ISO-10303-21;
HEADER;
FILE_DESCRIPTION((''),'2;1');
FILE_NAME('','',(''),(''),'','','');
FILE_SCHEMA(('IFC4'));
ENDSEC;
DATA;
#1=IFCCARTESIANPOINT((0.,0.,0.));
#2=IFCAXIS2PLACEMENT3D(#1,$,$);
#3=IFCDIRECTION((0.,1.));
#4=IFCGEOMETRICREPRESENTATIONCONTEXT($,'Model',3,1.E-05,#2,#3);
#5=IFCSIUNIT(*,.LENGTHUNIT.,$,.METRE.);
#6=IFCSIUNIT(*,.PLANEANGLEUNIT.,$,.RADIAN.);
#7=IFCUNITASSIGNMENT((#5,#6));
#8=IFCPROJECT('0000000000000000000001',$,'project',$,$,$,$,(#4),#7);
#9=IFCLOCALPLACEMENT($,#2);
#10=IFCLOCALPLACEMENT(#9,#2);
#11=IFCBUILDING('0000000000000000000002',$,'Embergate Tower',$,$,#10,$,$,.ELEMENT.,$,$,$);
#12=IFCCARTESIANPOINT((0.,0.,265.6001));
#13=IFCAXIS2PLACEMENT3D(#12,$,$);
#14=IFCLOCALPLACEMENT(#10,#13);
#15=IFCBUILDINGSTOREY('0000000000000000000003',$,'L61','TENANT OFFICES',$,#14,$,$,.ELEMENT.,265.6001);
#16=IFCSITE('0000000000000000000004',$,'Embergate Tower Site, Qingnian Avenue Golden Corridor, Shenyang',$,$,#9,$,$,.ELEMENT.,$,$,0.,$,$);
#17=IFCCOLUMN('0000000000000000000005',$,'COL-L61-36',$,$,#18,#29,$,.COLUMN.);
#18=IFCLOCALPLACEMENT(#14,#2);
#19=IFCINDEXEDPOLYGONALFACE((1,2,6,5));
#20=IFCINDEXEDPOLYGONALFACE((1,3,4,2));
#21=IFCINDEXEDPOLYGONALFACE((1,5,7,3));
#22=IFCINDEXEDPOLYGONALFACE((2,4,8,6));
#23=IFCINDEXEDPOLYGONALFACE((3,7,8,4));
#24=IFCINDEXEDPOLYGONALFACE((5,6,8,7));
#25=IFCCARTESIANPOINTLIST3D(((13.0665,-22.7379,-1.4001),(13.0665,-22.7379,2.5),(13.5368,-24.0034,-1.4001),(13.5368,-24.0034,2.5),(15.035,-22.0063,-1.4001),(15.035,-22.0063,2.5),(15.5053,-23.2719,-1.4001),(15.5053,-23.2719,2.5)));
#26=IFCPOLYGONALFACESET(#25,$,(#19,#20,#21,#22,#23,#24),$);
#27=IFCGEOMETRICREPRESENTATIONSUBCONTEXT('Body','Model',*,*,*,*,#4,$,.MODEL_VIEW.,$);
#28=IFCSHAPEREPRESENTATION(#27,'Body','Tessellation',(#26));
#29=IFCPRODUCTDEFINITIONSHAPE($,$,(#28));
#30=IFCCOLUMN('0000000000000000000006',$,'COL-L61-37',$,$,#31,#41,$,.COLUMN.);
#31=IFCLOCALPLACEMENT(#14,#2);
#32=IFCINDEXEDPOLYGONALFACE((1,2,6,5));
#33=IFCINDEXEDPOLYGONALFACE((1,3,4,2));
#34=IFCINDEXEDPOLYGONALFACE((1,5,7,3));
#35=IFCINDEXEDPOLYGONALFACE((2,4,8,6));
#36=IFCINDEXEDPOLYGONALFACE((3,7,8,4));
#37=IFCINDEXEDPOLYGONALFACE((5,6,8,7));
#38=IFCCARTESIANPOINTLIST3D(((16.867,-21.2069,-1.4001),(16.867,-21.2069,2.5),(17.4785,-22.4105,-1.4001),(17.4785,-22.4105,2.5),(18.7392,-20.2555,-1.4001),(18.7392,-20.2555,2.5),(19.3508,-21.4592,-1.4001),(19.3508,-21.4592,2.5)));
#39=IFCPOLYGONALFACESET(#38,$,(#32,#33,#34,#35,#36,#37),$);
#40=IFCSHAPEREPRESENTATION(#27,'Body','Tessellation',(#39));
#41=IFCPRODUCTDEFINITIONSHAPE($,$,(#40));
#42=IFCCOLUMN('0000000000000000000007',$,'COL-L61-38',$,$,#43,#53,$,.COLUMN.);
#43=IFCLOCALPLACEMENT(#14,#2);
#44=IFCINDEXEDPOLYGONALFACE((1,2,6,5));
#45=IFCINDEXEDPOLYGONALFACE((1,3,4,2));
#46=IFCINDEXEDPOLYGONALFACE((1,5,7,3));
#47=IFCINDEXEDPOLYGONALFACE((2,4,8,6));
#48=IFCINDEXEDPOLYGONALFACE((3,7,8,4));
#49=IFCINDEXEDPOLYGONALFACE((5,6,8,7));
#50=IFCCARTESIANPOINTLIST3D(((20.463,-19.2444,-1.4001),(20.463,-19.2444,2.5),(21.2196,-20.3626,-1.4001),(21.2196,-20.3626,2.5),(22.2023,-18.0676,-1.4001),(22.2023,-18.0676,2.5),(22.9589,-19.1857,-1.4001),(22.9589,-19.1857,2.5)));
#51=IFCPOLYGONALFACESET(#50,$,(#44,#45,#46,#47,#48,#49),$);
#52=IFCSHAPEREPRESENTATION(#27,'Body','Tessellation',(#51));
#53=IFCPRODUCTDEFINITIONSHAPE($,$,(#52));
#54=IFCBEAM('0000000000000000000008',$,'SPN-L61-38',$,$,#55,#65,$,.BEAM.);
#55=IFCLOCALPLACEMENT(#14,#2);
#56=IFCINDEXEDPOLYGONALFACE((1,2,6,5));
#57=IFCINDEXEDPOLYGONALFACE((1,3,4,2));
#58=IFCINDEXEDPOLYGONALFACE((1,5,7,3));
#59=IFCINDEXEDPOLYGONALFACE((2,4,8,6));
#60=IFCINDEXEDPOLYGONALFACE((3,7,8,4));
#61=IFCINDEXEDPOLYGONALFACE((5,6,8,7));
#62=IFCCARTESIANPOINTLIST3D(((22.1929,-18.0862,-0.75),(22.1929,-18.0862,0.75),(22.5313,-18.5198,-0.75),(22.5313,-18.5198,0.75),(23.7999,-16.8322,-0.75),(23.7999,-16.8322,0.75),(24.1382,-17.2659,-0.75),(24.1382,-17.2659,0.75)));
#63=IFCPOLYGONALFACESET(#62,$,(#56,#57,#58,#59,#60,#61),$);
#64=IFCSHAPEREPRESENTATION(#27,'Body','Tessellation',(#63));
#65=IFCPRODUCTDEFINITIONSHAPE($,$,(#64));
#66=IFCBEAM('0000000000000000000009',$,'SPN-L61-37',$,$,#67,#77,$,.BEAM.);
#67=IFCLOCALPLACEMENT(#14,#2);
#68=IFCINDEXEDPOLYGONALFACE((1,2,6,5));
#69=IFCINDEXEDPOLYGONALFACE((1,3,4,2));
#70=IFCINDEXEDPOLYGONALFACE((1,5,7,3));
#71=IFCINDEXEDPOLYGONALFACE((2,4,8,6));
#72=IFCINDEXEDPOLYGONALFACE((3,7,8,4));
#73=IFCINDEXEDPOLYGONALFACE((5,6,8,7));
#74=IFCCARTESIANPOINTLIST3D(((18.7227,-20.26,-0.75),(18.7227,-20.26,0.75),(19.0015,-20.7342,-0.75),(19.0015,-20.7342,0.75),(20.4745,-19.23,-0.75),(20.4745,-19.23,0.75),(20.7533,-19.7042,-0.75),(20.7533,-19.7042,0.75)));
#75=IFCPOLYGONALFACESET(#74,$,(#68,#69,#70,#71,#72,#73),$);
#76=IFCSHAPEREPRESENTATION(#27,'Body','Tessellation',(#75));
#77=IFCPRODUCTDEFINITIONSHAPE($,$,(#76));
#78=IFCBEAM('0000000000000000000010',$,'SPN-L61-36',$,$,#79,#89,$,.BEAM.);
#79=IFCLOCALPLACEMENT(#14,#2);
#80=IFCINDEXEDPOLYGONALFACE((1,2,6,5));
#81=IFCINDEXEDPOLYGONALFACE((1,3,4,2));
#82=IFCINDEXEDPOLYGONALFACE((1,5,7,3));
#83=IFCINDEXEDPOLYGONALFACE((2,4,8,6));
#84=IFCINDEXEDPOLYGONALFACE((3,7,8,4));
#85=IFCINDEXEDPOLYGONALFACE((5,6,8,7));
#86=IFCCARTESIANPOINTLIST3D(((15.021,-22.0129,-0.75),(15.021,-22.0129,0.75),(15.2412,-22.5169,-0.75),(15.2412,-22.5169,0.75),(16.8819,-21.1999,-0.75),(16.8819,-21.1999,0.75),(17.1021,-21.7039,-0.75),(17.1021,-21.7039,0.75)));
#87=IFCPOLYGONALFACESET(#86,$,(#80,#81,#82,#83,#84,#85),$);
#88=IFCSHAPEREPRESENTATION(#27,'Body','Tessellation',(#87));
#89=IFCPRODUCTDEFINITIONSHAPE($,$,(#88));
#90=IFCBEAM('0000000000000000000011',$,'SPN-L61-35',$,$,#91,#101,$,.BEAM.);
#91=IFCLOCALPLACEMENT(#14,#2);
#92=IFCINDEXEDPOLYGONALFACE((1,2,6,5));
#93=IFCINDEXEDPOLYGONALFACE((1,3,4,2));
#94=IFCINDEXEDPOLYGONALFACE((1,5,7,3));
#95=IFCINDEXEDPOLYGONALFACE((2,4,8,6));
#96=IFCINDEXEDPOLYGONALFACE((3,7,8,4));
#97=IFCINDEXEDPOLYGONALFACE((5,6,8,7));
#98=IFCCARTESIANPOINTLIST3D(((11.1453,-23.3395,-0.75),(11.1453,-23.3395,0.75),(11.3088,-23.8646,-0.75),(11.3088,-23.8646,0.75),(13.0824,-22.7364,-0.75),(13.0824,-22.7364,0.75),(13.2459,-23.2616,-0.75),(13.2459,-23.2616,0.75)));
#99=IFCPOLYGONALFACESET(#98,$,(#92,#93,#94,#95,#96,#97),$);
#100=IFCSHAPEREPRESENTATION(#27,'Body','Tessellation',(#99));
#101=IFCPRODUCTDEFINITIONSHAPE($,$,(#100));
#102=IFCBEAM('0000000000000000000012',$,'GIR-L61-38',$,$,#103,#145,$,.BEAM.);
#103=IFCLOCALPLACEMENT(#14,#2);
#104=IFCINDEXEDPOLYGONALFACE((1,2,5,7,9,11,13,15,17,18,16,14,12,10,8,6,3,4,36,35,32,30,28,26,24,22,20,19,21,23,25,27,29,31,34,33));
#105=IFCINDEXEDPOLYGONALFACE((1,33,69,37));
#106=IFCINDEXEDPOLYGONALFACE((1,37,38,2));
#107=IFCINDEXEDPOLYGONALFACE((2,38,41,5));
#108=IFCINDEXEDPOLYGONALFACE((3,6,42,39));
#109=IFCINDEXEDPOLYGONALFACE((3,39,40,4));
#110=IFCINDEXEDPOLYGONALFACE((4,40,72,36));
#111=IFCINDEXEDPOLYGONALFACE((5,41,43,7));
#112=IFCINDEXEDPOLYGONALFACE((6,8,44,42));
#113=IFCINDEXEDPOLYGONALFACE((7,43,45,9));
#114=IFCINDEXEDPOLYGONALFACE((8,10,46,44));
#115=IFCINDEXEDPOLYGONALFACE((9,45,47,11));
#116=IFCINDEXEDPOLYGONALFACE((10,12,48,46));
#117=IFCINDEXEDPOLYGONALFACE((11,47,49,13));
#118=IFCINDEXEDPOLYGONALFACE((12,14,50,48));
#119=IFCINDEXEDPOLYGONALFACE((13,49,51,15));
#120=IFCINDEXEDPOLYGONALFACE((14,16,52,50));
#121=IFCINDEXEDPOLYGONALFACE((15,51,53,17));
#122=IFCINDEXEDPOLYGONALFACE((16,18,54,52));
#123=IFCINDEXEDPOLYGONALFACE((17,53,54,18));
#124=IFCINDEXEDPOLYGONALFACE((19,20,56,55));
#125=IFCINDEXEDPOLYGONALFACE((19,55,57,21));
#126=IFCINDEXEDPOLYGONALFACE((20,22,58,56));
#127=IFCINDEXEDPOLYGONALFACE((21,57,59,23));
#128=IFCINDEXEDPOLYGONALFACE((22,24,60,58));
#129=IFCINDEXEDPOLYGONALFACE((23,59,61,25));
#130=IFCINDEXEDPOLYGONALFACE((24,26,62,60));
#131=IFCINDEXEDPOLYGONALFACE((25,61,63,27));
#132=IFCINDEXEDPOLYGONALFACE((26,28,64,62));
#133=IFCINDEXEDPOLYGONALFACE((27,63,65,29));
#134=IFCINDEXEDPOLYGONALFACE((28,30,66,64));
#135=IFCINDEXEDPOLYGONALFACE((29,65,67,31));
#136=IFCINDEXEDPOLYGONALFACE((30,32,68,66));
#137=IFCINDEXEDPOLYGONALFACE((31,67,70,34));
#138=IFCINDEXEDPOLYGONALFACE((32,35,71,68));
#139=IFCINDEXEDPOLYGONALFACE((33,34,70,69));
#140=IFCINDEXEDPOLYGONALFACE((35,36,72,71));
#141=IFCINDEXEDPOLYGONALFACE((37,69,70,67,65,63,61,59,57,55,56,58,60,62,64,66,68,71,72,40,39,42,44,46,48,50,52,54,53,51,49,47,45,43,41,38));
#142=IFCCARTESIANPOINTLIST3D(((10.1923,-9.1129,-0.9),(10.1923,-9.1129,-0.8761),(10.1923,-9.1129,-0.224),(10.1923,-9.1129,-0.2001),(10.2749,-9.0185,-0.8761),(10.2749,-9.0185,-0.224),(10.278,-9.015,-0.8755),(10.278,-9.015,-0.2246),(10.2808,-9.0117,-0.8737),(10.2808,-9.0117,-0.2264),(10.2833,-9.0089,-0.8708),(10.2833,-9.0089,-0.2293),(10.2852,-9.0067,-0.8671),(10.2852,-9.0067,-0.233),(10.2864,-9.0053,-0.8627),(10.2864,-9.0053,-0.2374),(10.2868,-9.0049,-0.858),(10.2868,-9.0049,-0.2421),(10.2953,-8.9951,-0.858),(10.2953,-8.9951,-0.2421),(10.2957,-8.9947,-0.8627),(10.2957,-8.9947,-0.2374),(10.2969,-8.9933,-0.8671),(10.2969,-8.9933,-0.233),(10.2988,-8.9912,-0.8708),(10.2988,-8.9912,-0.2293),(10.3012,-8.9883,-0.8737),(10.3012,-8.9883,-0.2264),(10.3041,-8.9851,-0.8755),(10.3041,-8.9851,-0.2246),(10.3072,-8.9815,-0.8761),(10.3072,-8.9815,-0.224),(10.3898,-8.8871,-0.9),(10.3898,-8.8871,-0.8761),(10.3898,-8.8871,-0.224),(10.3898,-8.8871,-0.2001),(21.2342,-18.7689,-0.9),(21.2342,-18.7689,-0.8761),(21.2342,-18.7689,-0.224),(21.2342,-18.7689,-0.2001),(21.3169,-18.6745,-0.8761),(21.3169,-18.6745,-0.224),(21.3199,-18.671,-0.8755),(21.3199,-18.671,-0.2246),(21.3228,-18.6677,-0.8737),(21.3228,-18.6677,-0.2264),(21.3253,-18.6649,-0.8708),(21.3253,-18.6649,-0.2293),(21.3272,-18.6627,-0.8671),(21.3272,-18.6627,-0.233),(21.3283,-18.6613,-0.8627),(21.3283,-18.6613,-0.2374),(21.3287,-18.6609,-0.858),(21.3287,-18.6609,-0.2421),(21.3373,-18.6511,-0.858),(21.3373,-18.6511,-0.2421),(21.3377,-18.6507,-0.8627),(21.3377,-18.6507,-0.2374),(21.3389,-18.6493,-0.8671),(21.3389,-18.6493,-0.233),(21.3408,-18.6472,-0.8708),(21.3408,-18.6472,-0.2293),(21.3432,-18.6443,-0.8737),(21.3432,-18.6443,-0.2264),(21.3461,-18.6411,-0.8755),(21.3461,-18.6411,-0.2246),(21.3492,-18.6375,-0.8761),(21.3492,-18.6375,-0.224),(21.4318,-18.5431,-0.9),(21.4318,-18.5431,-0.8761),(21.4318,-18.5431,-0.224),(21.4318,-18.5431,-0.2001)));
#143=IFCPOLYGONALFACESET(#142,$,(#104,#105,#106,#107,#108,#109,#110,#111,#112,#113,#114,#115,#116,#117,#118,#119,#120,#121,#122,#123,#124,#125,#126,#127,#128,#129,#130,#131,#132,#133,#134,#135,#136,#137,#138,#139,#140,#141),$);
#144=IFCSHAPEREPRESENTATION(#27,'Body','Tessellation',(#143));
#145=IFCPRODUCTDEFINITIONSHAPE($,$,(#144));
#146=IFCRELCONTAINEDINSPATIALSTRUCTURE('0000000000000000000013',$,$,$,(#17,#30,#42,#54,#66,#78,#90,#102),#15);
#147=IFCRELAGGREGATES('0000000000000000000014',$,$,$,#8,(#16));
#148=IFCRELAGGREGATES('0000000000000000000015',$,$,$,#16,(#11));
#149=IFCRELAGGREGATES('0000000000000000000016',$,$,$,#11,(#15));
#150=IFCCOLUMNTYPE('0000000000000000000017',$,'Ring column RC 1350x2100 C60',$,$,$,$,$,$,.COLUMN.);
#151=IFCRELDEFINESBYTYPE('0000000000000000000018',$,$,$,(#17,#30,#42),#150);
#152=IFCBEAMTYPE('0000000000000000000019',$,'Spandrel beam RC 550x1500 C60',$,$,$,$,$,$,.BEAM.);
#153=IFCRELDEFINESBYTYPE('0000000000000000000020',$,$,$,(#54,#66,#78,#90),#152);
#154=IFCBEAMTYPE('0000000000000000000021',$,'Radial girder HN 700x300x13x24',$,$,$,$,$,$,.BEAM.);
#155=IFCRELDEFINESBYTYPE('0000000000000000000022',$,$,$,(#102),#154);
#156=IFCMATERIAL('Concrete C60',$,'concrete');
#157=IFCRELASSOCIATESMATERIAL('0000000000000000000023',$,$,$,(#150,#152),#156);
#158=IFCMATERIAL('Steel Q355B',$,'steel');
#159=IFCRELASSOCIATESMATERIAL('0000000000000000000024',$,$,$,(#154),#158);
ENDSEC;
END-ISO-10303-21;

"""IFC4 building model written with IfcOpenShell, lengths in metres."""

from ifc_helpers import new_model, si_unit, direction, frame, origin, origin_2d, place, context, subcontext, project, spatial, rectangle, i_section, extrude, source, transform, mapped, material, material_profile, profile_set, type_object, element, save


model = new_model("IFC4")

# Units and contexts
model_context = context("Model", 3, precision=1e-05, world=origin(), true_north=direction((0.0, 1.0)))
body_context = subcontext(model_context, "Body", "Model", "MODEL_VIEW")
ifc_project = project(units=[si_unit("LENGTHUNIT", "METRE"), si_unit("PLANEANGLEUNIT", "RADIAN")], contexts=[model_context])

# Site, building, storey
site_placement = place(None, origin())
site = spatial("IfcSite", under=ifc_project, at=site_placement, Name="Embergate Tower Site, Qingnian Avenue Golden Corridor, Shenyang", CompositionType="ELEMENT", RefElevation=0.0)
building_placement = place(site_placement, origin())
building = spatial("IfcBuilding", under=site, at=building_placement, Name="Embergate Tower", CompositionType="ELEMENT")
storey_placement = place(building_placement, frame((0.0, 0.0, 265.6001)))
storey = spatial("IfcBuildingStorey", under=building, at=storey_placement, Name="L61", Description="TENANT OFFICES", CompositionType="ELEMENT", Elevation=265.6001)

# Columns
ifc_material_1 = material(Name="Concrete C60", Category="concrete")
ifc_material_profile_1 = material_profile(ifc_material_1, rectangle(XDim=1.3501, YDim=2.1001, at=origin_2d()), Name="RC 1350x2100")
ifc_profile_set_1 = profile_set([ifc_material_profile_1], Name="Concrete C60")
column_type = type_object("IfcColumnType", Name="Ring column RC 1350x2100 C60", PredefinedType="COLUMN", material=ifc_profile_set_1)
shared_shape_1 = source(origin(), body_context, "Body", "SweptSolid", [
    extrude(rectangle(XDim=1.3501, YDim=2.1001, at=origin_2d()), origin(), (0.0, 0.0, 1.0), 3.9001),
])
for number, where, z_axis, x_axis, name in (
    (1, (14.2859, -23.0049, -1.4001), (0.0, 0.0, 1.0), (0.348343, -0.937367, 0.0), "COL-L61-36"),
    (2, (18.1089, -21.333, -1.4001), (0.0, 0.0, 1.0), (0.452995, -0.891513, 0.0), "COL-L61-37"),
    (3, (21.7109, -19.2151, -1.4001), (0.0, 0.0, 1.0), (0.560393, -0.828227, 0.0), "COL-L61-38"),
):
    element("IfcColumn", number, at=place(storey_placement, frame(where, z_axis=z_axis, x_axis=x_axis)), inside=storey, type_object=column_type, Name=name, PredefinedType="COLUMN", context=body_context, shape_type="MappedRepresentation", body=[
        mapped(shared_shape_1, transform((0.0, 0.0, 0.0))),
    ])

# Beams
ifc_material_profile_2 = material_profile(ifc_material_1, rectangle(XDim=0.55, YDim=1.5, at=origin_2d()), Name="RC 550x1500")
ifc_profile_set_2 = profile_set([ifc_material_profile_2], Name="Concrete C60")
beam_type_1 = type_object("IfcBeamType", Name="Spandrel beam RC 550x1500 C60", PredefinedType="BEAM", material=ifc_profile_set_2)
shared_shape_2 = source(origin(), body_context, "Body", "SweptSolid", [
    extrude(rectangle(XDim=0.55, YDim=1.5, at=origin_2d()), origin(), (0.0, 0.0, 1.0), 2.0383),
])
beam_1_placement = place(storey_placement, frame((22.3621, -18.303, 0.0), z_axis=(0.788384, 0.615184, 0.0), x_axis=(-0.615184, 0.788384, 0.0)))
element("IfcBeam", 4, at=beam_1_placement, inside=storey, type_object=beam_type_1, Name="SPN-L61-38", PredefinedType="BEAM", context=body_context, shape_type="MappedRepresentation", body=[
    mapped(shared_shape_2, transform((0.0, 0.0, 0.0))),
])
shared_shape_3 = source(origin(), body_context, "Body", "SweptSolid", [
    extrude(rectangle(XDim=0.55, YDim=1.5, at=origin_2d()), origin(), (0.0, 0.0, 1.0), 2.0322),
])
beam_2_placement = place(storey_placement, frame((18.8621, -20.4971, 0.0), z_axis=(0.862048, 0.506826, 0.0), x_axis=(-0.506826, 0.862048, 0.0)))
element("IfcBeam", 5, at=beam_2_placement, inside=storey, type_object=beam_type_1, Name="SPN-L61-37", PredefinedType="BEAM", context=body_context, shape_type="MappedRepresentation", body=[
    mapped(shared_shape_3, transform((0.0, 0.0, 0.0))),
])
shared_shape_4 = source(origin(), body_context, "Body", "SweptSolid", [
    extrude(rectangle(XDim=0.55, YDim=1.5, at=origin_2d()), origin(), (0.0, 0.0, 1.0), 2.0308),
])
beam_3_placement = place(storey_placement, frame((15.1311, -22.2649, 0.0), z_axis=(0.916361, 0.400352, 0.0), x_axis=(-0.400352, 0.916361, 0.0)))
element("IfcBeam", 6, at=beam_3_placement, inside=storey, type_object=beam_type_1, Name="SPN-L61-36", PredefinedType="BEAM", context=body_context, shape_type="MappedRepresentation", body=[
    mapped(shared_shape_4, transform((0.0, 0.0, 0.0))),
])
shared_shape_5 = source(origin(), body_context, "Body", "SweptSolid", [
    extrude(rectangle(XDim=0.55, YDim=1.5, at=origin_2d()), origin(), (0.0, 0.0, 1.0), 2.0288),
])
beam_4_placement = place(storey_placement, frame((11.2271, -23.6021, 0.0), z_axis=(0.954801, 0.297247, 0.0), x_axis=(-0.297247, 0.954801, 0.0)))
element("IfcBeam", 7, at=beam_4_placement, inside=storey, type_object=beam_type_1, Name="SPN-L61-35", PredefinedType="BEAM", context=body_context, shape_type="MappedRepresentation", body=[
    mapped(shared_shape_5, transform((0.0, 0.0, 0.0))),
])
ifc_material_2 = material(Name="Steel Q355B", Category="steel")
ifc_material_profile_3 = material_profile(ifc_material_2, i_section(OverallWidth=0.3, OverallDepth=0.7, WebThickness=0.0129, FlangeThickness=0.0239, FilletRadius=0.0181, at=origin_2d()), Name="HN 700x300x13x24")
ifc_profile_set_3 = profile_set([ifc_material_profile_3], Name="Steel Q355 grade B")
beam_type_2 = type_object("IfcBeamType", Name="Radial girder HN 700x300x13x24", PredefinedType="BEAM", material=ifc_profile_set_3)
shared_shape_6 = source(origin(), body_context, "Body", "SweptSolid", [
    extrude(i_section(OverallWidth=0.3, OverallDepth=0.7, WebThickness=0.0129, FlangeThickness=0.0239, FilletRadius=0.0181, at=origin_2d()), origin(), (0.0, 0.0, 1.0), 14.6685),
])
beam_5_placement = place(storey_placement, frame((21.333, -18.656, -0.55), z_axis=(-0.75277, 0.658283, 0.0), x_axis=(-0.658283, -0.75277, 0.0)))
element("IfcBeam", 8, at=beam_5_placement, inside=storey, type_object=beam_type_2, Name="GIR-L61-38", PredefinedType="BEAM", context=body_context, shape_type="MappedRepresentation", body=[
    mapped(shared_shape_6, transform((0.0, 0.0, 0.0))),
])

save(model, "model.ifc")
